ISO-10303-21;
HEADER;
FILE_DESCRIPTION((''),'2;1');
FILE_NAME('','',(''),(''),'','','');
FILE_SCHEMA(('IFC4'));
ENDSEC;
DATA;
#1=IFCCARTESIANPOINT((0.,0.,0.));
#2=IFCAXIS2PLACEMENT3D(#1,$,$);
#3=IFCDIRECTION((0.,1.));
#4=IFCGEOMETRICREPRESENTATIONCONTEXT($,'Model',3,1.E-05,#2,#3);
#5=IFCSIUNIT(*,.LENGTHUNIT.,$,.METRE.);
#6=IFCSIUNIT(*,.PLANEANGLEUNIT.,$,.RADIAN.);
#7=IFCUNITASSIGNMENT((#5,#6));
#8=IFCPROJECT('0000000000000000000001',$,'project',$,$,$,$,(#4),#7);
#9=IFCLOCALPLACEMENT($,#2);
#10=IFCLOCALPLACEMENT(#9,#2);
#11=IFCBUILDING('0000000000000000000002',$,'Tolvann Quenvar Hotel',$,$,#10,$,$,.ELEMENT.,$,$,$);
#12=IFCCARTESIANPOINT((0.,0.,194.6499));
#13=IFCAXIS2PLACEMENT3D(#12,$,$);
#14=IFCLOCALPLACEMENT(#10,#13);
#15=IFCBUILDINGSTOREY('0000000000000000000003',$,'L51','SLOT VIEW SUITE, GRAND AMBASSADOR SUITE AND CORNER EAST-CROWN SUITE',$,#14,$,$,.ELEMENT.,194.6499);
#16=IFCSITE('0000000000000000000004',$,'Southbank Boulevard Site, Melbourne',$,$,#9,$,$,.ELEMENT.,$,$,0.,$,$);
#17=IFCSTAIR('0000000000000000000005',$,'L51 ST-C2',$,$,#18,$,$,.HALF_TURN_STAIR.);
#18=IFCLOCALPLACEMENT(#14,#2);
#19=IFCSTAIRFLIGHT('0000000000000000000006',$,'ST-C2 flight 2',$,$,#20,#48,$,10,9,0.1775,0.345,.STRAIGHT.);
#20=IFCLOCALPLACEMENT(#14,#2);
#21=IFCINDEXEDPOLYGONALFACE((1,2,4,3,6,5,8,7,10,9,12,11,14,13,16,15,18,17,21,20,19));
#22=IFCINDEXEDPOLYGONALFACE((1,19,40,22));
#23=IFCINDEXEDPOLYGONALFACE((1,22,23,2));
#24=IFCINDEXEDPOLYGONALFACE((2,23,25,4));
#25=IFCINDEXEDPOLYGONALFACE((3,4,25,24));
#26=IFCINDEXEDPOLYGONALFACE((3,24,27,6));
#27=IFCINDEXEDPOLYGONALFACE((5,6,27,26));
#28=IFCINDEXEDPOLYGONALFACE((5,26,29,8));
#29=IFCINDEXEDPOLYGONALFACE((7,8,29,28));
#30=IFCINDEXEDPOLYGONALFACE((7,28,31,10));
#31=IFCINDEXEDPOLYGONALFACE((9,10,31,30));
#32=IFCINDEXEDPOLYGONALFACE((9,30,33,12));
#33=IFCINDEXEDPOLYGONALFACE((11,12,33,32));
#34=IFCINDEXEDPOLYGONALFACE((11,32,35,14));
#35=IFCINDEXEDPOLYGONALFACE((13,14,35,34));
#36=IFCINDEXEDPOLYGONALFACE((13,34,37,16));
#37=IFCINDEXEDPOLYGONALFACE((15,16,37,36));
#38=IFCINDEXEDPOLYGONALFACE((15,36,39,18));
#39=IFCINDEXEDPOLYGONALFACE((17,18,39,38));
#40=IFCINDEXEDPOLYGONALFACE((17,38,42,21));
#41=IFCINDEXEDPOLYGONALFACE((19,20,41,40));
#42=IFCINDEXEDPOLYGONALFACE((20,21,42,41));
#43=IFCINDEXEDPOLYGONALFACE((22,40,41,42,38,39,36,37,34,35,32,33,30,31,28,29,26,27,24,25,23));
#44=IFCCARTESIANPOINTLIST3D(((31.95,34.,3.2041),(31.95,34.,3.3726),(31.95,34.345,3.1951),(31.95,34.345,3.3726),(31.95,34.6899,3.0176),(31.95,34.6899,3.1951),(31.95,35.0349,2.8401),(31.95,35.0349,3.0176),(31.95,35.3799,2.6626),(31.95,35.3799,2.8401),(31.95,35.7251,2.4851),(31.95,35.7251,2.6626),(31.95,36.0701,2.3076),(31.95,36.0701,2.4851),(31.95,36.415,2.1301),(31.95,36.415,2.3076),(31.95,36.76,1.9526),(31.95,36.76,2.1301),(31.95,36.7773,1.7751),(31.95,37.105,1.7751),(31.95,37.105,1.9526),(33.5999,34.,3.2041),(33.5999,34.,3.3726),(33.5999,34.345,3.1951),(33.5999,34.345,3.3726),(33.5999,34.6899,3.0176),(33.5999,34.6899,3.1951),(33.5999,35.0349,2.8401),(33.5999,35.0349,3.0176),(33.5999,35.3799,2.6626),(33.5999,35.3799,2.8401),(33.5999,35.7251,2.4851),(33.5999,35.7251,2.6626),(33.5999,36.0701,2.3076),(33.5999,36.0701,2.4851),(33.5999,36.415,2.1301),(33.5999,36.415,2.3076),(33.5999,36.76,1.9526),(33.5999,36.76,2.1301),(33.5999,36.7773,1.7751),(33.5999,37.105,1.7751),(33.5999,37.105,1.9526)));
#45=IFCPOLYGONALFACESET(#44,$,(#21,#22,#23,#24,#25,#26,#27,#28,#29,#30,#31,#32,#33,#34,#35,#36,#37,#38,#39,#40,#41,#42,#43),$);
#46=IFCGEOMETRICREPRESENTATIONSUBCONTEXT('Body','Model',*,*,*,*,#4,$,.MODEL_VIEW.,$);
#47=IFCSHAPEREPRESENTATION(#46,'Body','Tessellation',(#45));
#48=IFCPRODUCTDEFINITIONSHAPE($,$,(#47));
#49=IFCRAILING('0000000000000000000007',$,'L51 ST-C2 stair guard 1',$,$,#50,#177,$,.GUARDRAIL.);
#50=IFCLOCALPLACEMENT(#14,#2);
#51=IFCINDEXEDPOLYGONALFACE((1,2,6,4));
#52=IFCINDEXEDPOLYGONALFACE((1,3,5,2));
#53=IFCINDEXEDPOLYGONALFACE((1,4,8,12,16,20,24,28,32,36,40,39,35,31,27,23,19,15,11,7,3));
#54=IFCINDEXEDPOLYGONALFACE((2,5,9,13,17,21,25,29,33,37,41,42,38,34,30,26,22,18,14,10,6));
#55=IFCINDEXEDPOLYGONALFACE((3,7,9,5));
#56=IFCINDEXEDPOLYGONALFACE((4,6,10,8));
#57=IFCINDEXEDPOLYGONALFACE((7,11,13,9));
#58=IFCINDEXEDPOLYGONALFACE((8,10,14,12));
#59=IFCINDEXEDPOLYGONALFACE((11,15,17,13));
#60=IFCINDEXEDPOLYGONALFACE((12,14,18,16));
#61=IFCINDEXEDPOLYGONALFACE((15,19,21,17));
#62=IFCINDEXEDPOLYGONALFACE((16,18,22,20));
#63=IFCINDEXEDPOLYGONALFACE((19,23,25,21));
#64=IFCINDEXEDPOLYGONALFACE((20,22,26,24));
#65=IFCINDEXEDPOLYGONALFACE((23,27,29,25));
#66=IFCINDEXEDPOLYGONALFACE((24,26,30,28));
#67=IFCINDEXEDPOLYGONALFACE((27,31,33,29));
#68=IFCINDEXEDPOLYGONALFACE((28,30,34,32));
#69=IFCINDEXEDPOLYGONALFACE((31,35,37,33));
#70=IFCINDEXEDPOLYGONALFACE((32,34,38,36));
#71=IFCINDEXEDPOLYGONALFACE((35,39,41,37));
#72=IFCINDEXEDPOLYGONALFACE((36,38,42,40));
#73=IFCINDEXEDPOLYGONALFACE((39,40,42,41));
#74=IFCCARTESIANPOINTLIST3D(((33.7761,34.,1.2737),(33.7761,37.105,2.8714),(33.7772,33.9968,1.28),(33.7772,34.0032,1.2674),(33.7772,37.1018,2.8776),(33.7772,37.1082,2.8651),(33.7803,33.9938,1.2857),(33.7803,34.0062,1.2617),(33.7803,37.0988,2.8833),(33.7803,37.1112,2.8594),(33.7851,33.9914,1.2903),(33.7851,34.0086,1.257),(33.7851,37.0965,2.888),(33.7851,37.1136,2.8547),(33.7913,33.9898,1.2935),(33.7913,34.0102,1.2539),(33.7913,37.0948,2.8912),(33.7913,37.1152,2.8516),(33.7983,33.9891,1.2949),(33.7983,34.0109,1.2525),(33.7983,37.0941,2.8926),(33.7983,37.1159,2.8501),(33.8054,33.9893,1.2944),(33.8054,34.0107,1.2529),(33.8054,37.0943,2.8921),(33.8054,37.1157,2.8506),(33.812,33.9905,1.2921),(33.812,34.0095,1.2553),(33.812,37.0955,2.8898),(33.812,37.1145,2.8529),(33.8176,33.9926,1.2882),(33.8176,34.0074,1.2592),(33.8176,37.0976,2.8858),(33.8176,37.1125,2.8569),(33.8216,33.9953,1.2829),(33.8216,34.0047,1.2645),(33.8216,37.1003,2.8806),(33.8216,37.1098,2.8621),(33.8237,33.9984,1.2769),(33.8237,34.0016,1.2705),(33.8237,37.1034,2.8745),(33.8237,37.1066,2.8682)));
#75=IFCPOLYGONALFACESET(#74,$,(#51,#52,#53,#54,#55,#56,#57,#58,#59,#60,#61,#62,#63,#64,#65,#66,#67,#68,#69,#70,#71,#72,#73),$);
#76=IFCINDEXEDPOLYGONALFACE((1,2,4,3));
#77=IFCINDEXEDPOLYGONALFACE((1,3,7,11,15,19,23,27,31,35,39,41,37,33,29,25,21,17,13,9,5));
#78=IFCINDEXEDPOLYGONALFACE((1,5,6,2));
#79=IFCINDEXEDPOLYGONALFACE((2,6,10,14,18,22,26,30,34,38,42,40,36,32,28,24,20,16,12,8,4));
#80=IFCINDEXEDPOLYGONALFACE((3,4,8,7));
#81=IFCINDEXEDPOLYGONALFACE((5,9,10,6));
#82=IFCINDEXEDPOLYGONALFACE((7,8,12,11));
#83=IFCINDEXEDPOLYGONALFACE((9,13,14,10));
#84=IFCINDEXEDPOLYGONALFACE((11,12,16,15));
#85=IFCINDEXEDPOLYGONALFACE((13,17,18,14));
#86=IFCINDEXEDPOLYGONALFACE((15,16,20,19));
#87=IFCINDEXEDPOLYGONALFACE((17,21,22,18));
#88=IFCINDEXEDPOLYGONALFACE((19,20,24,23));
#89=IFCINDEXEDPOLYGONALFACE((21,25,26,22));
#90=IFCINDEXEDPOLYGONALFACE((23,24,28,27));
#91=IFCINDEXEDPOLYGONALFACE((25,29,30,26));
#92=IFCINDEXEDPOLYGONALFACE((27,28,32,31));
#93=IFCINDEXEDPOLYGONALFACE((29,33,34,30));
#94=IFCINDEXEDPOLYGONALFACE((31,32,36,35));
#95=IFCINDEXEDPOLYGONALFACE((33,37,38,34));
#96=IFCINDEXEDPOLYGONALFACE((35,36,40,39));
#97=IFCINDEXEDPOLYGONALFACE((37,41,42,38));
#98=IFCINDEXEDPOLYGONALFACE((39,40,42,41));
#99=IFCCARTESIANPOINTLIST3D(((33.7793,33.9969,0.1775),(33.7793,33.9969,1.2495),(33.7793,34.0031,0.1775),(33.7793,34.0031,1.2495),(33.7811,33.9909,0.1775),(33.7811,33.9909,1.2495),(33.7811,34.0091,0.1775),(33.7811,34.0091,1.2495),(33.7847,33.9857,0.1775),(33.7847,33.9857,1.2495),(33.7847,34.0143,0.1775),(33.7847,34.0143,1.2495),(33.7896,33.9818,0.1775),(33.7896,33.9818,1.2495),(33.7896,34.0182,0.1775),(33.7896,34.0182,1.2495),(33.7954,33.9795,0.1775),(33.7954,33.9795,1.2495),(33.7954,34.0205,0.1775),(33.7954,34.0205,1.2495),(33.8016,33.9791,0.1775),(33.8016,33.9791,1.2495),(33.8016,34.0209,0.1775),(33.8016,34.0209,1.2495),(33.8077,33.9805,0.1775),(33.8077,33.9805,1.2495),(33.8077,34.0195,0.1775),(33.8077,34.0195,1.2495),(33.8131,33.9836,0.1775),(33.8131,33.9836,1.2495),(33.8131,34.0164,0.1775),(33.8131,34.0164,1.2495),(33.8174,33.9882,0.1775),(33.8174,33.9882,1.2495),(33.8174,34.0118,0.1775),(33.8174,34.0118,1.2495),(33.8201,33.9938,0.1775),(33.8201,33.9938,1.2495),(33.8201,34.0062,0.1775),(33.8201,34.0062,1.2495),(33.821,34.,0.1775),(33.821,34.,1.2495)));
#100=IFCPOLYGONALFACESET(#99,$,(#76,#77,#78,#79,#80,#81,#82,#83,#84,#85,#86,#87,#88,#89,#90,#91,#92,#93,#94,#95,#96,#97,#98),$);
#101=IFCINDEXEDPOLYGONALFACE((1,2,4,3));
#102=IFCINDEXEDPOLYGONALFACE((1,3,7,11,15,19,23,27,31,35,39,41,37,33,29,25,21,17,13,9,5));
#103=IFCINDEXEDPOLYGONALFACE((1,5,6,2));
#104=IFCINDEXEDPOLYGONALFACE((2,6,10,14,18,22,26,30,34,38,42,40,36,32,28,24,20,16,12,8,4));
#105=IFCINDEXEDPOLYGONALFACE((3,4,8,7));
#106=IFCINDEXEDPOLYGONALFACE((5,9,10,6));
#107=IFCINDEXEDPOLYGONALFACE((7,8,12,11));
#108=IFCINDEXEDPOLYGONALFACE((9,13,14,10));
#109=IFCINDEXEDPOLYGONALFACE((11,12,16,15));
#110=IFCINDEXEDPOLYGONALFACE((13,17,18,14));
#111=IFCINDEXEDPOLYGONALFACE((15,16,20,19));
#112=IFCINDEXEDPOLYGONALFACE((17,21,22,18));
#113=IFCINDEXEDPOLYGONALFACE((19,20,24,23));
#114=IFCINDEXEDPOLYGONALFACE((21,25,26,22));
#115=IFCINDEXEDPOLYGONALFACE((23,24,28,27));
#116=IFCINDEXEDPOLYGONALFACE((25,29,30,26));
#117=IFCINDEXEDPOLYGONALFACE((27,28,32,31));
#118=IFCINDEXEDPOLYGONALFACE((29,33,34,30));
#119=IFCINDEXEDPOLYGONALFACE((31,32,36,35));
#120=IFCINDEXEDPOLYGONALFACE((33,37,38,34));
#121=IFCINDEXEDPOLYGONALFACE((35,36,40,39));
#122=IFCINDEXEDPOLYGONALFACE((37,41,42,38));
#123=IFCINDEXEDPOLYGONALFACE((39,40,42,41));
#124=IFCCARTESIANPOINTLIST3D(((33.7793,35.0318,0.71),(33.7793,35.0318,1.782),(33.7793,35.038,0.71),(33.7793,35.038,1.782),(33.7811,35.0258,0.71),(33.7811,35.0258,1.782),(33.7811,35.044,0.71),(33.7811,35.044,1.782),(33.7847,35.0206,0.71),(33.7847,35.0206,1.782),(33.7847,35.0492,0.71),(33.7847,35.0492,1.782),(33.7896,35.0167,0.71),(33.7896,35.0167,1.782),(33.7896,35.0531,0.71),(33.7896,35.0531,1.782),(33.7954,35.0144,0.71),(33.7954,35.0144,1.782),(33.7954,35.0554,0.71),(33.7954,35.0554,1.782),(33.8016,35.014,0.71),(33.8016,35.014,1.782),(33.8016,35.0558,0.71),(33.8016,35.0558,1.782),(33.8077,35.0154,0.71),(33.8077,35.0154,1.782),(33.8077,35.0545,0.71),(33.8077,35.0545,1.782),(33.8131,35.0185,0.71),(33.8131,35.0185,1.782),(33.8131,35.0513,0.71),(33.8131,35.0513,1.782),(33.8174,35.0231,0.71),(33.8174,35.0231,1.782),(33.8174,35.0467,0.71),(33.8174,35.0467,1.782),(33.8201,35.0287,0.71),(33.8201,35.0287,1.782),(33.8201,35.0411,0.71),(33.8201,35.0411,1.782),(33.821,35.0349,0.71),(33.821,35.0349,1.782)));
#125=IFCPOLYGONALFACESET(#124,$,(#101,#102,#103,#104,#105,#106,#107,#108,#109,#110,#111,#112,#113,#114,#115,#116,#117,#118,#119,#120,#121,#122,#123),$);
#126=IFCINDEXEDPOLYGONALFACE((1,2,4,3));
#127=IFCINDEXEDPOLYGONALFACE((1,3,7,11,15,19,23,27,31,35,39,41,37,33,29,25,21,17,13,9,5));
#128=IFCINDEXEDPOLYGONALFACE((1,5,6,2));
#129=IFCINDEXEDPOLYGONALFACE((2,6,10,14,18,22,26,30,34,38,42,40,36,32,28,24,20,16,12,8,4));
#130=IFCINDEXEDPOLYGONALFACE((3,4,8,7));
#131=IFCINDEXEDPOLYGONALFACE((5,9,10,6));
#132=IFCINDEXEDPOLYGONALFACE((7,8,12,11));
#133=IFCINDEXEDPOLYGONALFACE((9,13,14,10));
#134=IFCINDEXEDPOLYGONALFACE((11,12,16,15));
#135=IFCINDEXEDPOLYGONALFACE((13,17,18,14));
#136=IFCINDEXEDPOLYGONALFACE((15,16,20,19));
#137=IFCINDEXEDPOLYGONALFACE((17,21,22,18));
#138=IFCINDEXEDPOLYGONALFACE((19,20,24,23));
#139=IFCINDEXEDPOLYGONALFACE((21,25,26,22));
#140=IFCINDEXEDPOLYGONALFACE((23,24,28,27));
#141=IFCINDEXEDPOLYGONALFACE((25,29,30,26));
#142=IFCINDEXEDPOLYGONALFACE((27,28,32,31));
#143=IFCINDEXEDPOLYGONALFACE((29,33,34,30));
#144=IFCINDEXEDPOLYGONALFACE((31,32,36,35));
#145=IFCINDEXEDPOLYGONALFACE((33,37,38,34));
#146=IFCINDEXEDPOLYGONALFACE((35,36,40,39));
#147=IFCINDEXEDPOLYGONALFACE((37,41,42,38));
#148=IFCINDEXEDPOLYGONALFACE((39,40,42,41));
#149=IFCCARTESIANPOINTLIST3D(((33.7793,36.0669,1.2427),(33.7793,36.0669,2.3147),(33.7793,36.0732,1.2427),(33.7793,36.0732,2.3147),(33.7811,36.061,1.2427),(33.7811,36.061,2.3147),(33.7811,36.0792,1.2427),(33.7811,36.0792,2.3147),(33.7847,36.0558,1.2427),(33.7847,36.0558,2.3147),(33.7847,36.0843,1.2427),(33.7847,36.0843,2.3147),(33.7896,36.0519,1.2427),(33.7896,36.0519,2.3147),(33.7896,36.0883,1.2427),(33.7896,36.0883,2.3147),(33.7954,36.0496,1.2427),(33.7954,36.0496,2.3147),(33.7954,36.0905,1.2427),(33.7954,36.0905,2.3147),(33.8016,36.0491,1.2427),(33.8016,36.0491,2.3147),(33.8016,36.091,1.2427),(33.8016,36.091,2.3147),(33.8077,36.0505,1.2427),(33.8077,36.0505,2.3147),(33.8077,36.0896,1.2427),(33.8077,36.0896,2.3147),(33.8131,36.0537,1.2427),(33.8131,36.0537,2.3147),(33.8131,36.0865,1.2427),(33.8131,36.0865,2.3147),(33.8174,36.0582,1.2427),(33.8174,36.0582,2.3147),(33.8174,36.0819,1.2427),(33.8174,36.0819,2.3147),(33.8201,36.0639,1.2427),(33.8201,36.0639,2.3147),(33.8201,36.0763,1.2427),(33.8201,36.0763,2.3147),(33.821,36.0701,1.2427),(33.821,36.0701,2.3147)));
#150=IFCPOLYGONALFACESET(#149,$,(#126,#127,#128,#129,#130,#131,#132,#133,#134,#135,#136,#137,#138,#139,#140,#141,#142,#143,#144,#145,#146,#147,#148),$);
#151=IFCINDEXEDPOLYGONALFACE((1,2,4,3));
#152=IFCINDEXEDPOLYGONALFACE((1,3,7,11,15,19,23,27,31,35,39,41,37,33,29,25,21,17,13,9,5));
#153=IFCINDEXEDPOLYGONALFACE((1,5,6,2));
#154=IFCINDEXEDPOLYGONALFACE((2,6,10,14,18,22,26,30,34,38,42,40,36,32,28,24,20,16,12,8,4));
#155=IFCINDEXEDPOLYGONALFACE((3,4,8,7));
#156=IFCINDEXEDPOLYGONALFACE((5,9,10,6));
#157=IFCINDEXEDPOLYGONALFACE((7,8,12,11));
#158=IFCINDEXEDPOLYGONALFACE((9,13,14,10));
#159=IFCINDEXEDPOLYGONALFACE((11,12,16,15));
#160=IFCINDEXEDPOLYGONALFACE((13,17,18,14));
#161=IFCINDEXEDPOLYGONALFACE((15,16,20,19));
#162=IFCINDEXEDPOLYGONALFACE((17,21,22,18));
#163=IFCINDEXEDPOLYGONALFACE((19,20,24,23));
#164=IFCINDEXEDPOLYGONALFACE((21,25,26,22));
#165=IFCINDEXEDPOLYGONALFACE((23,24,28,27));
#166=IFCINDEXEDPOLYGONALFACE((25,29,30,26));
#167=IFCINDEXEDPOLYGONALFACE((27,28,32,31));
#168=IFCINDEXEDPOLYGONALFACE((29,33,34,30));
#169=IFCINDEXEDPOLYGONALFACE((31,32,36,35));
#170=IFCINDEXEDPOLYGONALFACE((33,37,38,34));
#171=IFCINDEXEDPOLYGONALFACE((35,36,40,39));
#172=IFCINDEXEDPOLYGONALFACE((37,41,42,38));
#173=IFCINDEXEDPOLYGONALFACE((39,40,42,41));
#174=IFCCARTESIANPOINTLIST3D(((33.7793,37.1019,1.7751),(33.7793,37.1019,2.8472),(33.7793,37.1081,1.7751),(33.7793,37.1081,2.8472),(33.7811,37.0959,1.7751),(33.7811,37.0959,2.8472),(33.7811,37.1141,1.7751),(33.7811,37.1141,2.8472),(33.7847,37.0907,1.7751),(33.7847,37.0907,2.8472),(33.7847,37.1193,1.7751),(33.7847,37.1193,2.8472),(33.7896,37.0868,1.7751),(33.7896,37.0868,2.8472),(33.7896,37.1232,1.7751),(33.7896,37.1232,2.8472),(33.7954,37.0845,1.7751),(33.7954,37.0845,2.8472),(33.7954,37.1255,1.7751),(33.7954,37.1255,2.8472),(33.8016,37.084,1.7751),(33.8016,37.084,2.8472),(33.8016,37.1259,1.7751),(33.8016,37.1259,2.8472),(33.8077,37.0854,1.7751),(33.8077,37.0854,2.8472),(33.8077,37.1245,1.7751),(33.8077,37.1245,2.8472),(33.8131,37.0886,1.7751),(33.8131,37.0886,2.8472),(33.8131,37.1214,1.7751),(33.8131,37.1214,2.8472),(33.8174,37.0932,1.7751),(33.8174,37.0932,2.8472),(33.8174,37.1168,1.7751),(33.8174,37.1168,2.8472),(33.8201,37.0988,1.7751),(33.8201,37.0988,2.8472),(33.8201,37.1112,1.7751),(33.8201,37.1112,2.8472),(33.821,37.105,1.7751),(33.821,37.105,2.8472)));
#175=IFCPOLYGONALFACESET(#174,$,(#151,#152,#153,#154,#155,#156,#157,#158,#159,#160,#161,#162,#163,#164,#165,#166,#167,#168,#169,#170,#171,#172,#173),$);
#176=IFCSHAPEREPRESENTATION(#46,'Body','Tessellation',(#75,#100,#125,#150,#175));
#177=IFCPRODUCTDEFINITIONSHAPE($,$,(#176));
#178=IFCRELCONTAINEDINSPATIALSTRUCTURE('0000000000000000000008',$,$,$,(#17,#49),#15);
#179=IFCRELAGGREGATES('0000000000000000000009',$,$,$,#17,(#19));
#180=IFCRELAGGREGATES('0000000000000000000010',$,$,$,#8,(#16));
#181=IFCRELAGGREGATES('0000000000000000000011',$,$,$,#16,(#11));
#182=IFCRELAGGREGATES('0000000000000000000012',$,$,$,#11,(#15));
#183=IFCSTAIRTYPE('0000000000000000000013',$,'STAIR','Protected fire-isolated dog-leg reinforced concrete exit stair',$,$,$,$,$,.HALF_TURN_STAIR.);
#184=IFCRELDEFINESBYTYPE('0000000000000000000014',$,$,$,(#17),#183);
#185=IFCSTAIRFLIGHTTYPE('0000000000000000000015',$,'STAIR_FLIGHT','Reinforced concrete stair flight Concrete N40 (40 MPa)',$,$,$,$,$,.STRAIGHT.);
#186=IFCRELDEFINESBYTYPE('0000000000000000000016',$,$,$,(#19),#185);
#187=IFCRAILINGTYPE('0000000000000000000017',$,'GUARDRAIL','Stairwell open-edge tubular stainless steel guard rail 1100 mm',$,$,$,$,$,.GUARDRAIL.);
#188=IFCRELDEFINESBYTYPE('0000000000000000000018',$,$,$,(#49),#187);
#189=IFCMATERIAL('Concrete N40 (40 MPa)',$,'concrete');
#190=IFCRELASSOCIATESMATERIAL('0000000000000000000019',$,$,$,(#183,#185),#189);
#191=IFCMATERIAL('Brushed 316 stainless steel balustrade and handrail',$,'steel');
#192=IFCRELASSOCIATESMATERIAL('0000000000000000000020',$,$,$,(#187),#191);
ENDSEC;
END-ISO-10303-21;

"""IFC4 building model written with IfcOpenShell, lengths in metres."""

from ifc_helpers import new_model, si_unit, direction, frame, origin, origin_2d, place, context, subcontext, project, spatial, polyline, circle, outline, extrude, material, type_object, element, aggregate, save


model = new_model("IFC4")

# Units and contexts
model_context = context("Model", 3, precision=1e-05, world=origin(), true_north=direction((0.0, 1.0)))
body_context = subcontext(model_context, "Body", "Model", "MODEL_VIEW")
ifc_project = project(units=[si_unit("LENGTHUNIT", "METRE"), si_unit("PLANEANGLEUNIT", "RADIAN")], contexts=[model_context])

# Site, building, storey
site_placement = place(None, origin())
site = spatial("IfcSite", under=ifc_project, at=site_placement, Name="Southbank Boulevard Site, Melbourne", CompositionType="ELEMENT", RefElevation=0.0)
building_placement = place(site_placement, origin())
building = spatial("IfcBuilding", under=site, at=building_placement, Name="Tolvann Quenvar Hotel", CompositionType="ELEMENT")
storey_placement = place(building_placement, frame((0.0, 0.0, 194.6499)))
storey = spatial("IfcBuildingStorey", under=building, at=storey_placement, Name="L51", Description="SLOT VIEW SUITE, GRAND AMBASSADOR SUITE AND CORNER EAST-CROWN SUITE", CompositionType="ELEMENT", Elevation=194.6499)

# Shared definitions
ifc_material_1 = material(Name="Concrete N40 (40 MPa)", Category="concrete")

# Stair, stair flight
stair_type = type_object("IfcStairType", Name="STAIR", Description="Protected fire-isolated dog-leg reinforced concrete exit stair", PredefinedType="HALF_TURN_STAIR", material=ifc_material_1)
stair_placement = place(storey_placement, origin())
stair = element("IfcStair", 1, at=stair_placement, inside=storey, type_object=stair_type, Name="L51 ST-C2", PredefinedType="HALF_TURN_STAIR")
stair_flight_type = type_object("IfcStairFlightType", Name="STAIR_FLIGHT", Description="Reinforced concrete stair flight Concrete N40 (40 MPa)", PredefinedType="STRAIGHT", material=ifc_material_1)
stair_flight_1_placement = place(storey_placement, frame((32.7749, 37.105, 1.7751), z_axis=(0.0, 0.0, 1.0), x_axis=(0.0, -1.0, 0.0)))
stair_flight_1 = element("IfcStairFlight", 2, at=stair_flight_1_placement, type_object=stair_flight_type, Name="ST-C2 flight 2", NumberOfRisers=10, NumberOfTreads=9, PredefinedType="STRAIGHT", RiserHeight=0.1775, TreadLength=0.345, context=body_context, shape_type="SweptSolid", body=[
    extrude(outline(polyline([(0.0, 0.0), (0.0, 0.1775), (0.345, 0.1775), (0.345, 0.355), (0.6899, 0.355), (0.6899, 0.5325), (1.0349, 0.5325), (1.0349, 0.71), (1.3799, 0.71), (1.3799, 0.8875), (1.7251, 0.8875), (1.7251, 1.0649), (2.0701, 1.0649), (2.0701, 1.2424), (2.415, 1.2424), (2.415, 1.4199), (2.76, 1.4199), (2.76, 1.5974), (3.105, 1.5974), (3.105, 1.7749), (3.105, 1.429), (0.3276, 0.0), (0.0, 0.0)])), frame((0.0, 0.825, 0.0), z_axis=(0.0, -1.0, 0.0), x_axis=(1.0, 0.0, 0.0)), (0.0, 0.0, 1.0), 1.6499),
])
aggregate(stair, [stair_flight_1])

# Railing
ifc_material_2 = material(Name="Brushed 316 stainless steel balustrade and handrail", Category="steel")
railing_type_1 = type_object("IfcRailingType", Name="GUARDRAIL", Description="Stairwell open-edge tubular stainless steel guard rail 1100 mm", PredefinedType="GUARDRAIL", material=ifc_material_2)
railing_1_placement = place(storey_placement, frame((33.8, 34.0, 0.1775)))
element("IfcRailing", 3, at=railing_1_placement, inside=storey, type_object=railing_type_1, Name="L51 ST-C2 stair guard 1", PredefinedType="GUARDRAIL", context=body_context, shape_type="SweptSolid", body=[
    extrude(circle(Radius=0.0239, at=origin_2d()), frame((0.0, 0.0, 1.0962), z_axis=(0.0, 0.889194, 0.457531), x_axis=(-1.0, 0.0, 0.0)), (0.0, 0.0, 1.0), 3.4919),
    extrude(circle(Radius=0.021, at=origin_2d()), origin(), (0.0, 0.0, 1.0), 1.072),
    extrude(circle(Radius=0.021, at=origin_2d()), frame((0.0, 1.0349, 0.5325)), (0.0, 0.0, 1.0), 1.072),
    extrude(circle(Radius=0.021, at=origin_2d()), frame((0.0, 2.0701, 1.0652)), (0.0, 0.0, 1.0), 1.072),
    extrude(circle(Radius=0.021, at=origin_2d()), frame((0.0, 3.105, 1.5977)), (0.0, 0.0, 1.0), 1.072),
])

save(model, "model.ifc")
